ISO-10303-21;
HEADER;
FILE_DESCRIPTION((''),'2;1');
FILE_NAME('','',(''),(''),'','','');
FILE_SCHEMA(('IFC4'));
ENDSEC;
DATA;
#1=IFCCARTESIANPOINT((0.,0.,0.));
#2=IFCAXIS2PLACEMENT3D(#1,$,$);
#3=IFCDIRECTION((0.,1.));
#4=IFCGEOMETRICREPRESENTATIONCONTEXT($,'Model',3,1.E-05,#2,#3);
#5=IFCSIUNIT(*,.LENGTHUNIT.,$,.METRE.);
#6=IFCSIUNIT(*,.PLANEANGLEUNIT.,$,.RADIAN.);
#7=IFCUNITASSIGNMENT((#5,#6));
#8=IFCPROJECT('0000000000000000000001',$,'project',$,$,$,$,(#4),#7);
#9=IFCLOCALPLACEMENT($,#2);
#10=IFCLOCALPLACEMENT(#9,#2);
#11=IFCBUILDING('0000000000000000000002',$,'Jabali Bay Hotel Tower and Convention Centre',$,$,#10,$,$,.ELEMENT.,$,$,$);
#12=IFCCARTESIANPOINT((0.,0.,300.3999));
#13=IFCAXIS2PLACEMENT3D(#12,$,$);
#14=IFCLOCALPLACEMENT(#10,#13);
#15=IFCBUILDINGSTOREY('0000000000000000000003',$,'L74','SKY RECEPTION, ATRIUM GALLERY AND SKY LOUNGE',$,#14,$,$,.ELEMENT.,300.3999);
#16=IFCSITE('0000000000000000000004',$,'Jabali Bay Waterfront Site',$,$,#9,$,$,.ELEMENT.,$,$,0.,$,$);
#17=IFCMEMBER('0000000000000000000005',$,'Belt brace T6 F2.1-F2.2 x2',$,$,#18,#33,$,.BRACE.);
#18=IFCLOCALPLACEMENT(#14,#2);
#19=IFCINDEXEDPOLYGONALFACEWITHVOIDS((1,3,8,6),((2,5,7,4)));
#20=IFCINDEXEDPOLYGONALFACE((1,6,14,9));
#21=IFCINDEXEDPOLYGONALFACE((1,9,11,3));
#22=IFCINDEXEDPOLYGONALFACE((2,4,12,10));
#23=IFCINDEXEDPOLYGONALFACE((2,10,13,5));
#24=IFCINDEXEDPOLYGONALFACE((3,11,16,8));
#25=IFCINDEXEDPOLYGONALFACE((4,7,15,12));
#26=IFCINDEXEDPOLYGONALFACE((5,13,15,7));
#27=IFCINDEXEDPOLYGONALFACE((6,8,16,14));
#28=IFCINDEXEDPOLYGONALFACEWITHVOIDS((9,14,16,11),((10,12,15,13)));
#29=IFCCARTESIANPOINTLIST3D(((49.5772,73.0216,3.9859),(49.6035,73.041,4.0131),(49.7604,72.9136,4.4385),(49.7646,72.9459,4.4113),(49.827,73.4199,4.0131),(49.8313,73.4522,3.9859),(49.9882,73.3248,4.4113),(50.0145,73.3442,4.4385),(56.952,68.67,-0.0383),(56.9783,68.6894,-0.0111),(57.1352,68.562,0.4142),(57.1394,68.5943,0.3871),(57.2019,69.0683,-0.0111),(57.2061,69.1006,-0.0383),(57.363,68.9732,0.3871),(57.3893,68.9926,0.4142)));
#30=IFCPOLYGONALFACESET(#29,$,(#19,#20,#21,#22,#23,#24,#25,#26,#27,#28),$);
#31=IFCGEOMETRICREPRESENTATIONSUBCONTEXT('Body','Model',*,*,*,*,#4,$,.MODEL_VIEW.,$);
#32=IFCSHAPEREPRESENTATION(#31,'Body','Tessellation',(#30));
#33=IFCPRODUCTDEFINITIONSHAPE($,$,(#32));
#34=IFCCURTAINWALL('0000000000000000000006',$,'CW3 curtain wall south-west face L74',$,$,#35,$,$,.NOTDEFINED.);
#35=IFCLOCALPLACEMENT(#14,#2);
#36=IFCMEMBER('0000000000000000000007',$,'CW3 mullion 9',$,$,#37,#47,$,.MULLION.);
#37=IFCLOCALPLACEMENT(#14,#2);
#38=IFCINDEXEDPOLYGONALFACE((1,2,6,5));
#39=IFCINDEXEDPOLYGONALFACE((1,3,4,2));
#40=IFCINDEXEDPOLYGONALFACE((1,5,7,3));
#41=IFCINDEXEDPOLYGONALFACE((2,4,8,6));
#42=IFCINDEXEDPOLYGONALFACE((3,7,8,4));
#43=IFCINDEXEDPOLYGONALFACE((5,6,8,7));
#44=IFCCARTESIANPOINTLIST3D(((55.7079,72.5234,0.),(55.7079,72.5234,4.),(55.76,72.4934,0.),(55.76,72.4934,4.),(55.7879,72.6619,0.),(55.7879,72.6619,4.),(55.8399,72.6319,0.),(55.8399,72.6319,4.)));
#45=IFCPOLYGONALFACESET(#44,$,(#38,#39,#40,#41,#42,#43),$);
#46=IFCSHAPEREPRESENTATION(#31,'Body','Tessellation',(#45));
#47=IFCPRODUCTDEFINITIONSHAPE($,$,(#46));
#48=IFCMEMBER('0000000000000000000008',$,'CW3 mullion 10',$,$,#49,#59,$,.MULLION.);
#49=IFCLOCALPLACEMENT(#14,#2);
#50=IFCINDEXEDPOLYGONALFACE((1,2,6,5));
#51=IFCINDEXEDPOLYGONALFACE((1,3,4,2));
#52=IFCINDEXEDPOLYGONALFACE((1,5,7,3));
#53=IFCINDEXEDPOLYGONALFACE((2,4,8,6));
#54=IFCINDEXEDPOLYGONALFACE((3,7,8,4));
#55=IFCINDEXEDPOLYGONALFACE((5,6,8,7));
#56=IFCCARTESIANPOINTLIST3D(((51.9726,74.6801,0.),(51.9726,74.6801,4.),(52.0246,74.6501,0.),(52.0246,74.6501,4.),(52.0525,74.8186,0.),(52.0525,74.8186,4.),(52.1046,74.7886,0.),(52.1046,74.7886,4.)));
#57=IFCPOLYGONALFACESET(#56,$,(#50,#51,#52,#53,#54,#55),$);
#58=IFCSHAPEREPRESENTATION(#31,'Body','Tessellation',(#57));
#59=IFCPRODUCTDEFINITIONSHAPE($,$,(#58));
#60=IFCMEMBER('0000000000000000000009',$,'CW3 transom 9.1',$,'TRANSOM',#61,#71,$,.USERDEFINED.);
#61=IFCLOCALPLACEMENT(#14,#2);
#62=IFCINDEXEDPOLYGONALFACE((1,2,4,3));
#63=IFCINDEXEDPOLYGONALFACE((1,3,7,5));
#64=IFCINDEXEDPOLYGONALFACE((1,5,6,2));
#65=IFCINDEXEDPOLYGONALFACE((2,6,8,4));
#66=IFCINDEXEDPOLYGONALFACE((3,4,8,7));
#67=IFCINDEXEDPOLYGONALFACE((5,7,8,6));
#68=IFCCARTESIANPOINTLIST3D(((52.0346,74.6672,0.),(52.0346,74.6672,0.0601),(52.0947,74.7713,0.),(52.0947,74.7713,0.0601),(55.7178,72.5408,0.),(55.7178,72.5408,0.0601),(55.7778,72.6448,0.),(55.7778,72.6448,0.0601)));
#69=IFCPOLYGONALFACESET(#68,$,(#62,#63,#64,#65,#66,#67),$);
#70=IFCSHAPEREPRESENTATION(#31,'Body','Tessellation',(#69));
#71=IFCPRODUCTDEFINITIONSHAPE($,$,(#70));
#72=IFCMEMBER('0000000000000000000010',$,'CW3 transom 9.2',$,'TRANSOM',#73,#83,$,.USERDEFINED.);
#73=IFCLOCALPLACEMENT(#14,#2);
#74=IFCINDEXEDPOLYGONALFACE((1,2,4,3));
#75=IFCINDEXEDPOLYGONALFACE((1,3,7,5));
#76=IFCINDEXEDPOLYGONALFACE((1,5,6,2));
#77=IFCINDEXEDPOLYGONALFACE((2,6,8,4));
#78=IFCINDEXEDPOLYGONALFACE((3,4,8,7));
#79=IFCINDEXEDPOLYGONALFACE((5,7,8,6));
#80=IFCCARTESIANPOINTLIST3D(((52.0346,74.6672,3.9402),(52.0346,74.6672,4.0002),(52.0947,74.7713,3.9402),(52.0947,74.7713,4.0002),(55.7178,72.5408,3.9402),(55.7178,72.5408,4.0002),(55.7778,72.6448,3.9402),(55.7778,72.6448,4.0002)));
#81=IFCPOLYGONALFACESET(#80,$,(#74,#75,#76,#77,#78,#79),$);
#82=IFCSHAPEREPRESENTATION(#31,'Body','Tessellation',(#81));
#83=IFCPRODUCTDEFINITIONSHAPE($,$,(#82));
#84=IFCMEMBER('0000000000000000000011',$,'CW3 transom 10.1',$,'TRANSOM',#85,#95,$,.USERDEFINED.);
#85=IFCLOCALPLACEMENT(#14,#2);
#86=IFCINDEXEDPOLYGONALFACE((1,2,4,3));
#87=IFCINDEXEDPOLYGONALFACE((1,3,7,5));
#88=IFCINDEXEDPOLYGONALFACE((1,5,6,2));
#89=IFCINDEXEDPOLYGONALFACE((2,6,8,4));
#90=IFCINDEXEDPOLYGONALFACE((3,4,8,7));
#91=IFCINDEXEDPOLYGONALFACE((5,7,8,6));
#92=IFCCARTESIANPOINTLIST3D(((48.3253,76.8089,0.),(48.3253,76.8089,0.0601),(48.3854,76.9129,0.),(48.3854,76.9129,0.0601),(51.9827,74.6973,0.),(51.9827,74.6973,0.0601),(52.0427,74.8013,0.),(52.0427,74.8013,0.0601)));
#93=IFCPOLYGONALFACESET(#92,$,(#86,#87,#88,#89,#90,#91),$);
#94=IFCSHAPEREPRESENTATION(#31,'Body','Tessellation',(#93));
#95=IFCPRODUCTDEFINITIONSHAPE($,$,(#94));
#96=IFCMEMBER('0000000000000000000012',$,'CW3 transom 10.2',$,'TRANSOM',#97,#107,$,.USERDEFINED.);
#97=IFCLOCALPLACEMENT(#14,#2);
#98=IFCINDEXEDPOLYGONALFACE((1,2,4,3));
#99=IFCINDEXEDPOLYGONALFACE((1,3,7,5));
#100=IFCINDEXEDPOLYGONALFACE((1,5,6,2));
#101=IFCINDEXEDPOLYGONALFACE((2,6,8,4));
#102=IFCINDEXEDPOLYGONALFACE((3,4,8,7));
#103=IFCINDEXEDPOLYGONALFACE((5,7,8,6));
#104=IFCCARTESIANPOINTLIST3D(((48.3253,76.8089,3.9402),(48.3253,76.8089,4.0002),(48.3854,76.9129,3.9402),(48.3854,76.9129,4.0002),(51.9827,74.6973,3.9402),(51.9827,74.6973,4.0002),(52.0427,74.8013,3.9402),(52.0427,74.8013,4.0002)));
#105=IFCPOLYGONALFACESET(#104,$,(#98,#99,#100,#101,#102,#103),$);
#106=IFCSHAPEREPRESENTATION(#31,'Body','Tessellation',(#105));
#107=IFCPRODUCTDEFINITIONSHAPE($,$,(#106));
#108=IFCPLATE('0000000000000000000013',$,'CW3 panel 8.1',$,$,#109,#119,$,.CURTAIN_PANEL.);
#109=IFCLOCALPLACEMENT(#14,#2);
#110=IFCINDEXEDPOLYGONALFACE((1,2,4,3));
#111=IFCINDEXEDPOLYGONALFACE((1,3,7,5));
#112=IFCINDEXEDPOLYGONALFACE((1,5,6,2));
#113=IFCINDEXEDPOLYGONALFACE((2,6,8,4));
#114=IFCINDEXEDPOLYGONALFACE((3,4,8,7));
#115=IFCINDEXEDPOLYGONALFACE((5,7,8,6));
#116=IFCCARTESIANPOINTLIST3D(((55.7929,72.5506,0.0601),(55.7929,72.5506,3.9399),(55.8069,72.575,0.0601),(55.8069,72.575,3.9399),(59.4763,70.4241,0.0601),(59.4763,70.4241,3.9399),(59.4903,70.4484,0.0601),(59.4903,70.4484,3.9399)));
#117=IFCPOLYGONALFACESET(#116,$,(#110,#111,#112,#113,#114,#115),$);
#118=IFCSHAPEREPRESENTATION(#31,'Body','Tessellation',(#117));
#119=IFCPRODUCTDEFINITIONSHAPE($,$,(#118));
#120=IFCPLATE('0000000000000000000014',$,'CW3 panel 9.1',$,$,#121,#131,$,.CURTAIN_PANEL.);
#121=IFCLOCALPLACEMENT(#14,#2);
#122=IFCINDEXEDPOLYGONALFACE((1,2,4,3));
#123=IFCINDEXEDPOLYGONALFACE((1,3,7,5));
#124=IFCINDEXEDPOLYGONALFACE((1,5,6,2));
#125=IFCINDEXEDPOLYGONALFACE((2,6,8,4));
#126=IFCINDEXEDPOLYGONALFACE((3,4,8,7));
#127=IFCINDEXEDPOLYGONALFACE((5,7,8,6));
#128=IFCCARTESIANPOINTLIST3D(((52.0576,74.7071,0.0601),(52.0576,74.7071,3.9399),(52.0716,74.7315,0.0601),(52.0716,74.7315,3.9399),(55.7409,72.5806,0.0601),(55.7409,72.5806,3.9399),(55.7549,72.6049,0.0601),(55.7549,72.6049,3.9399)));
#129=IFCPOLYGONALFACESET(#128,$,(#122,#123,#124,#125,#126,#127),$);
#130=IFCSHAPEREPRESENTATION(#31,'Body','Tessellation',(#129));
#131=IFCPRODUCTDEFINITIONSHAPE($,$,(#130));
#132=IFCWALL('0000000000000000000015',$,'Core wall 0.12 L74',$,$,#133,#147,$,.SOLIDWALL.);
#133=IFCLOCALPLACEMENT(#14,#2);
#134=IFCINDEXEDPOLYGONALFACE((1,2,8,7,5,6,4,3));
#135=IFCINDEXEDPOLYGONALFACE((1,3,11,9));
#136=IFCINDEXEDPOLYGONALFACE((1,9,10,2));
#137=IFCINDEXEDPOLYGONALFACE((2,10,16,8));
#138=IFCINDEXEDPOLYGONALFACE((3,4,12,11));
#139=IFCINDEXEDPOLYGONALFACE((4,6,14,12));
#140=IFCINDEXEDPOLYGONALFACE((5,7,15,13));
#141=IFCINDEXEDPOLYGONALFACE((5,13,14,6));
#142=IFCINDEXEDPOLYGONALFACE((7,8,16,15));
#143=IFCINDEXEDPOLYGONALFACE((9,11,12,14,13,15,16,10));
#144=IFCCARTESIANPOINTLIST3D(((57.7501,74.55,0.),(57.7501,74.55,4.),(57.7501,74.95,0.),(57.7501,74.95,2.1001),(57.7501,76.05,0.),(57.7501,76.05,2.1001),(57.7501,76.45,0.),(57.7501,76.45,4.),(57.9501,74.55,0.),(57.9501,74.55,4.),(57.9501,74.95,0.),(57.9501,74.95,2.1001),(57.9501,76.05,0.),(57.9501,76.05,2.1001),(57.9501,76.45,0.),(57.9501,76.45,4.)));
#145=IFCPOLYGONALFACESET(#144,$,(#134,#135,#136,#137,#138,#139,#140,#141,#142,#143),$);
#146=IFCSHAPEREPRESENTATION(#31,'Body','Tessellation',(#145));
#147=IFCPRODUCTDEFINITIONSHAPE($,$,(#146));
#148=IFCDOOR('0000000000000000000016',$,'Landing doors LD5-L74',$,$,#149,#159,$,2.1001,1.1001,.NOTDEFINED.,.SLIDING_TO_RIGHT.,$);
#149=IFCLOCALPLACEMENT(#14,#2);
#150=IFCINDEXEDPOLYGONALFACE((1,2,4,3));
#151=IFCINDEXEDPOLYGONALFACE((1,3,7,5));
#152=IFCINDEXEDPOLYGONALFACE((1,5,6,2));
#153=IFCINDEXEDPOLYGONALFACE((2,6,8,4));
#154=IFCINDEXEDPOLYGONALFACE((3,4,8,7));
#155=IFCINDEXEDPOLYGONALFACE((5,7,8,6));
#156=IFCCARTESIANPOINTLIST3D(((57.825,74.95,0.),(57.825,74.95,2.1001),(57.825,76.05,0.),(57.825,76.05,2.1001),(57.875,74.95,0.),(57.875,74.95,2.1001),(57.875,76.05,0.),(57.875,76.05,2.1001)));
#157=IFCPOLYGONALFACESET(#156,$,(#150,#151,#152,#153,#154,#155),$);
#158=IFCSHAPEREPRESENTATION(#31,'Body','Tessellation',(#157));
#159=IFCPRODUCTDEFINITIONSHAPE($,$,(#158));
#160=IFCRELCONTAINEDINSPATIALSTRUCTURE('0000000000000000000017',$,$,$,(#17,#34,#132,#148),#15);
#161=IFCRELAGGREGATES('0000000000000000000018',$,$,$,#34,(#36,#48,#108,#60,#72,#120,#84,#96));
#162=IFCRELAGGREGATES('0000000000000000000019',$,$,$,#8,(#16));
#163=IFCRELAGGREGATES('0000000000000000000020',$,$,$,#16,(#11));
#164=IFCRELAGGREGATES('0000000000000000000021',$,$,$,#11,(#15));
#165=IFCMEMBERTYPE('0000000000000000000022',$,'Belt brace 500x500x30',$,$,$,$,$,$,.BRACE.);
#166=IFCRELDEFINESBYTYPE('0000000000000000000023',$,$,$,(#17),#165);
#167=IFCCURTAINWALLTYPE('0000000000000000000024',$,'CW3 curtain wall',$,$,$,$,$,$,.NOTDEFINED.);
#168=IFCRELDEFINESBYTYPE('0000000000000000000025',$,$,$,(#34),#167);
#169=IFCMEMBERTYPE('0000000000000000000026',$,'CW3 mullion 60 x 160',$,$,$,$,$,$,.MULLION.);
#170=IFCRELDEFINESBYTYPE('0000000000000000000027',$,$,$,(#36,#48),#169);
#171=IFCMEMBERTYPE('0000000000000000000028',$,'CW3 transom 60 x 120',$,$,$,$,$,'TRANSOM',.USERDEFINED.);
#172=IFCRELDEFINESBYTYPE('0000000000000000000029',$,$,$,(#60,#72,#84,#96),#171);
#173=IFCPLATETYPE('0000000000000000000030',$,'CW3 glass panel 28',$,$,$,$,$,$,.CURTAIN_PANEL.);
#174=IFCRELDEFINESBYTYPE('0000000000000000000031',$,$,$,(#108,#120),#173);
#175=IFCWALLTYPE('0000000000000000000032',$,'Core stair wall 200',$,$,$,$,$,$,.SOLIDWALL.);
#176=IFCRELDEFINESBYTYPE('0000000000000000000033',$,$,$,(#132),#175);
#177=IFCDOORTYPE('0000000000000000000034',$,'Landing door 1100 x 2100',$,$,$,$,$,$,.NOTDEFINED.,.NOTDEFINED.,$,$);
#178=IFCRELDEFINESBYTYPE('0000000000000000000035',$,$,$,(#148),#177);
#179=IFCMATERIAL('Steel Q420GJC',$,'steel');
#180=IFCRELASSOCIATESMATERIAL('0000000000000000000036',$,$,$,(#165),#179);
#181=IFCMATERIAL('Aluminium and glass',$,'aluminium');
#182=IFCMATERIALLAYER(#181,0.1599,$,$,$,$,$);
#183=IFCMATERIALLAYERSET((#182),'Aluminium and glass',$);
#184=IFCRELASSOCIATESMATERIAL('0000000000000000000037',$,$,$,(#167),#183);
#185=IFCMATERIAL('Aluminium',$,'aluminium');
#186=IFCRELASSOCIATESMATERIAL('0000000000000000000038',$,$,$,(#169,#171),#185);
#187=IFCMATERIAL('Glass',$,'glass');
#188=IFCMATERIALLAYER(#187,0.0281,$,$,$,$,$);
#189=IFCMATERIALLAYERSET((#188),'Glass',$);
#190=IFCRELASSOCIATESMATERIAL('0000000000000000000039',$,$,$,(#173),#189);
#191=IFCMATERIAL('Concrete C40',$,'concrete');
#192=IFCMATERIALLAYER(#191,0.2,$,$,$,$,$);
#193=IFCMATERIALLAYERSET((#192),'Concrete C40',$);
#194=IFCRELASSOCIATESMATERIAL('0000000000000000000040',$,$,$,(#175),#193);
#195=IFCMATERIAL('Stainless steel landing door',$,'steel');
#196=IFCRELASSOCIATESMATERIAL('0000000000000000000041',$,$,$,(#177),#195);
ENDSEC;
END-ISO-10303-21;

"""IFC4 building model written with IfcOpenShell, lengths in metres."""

from ifc_helpers import new_model, si_unit, direction, frame, frame_2d, origin, origin_2d, place, context, subcontext, project, spatial, rectangle, hollow_rectangle, extrude, material, layer, layer_set, material_profile, profile_set, type_object, element, fill, aggregate, save


model = new_model("IFC4")

# Units and contexts
model_context = context("Model", 3, precision=1e-05, world=origin(), true_north=direction((0.0, 1.0)))
body_context = subcontext(model_context, "Body", "Model", "MODEL_VIEW")
ifc_project = project(units=[si_unit("LENGTHUNIT", "METRE"), si_unit("PLANEANGLEUNIT", "RADIAN")], contexts=[model_context])

# Site, building, storey
site_placement = place(None, origin())
site = spatial("IfcSite", under=ifc_project, at=site_placement, Name="Jabali Bay Waterfront Site", CompositionType="ELEMENT", RefElevation=0.0)
building_placement = place(site_placement, origin())
building = spatial("IfcBuilding", under=site, at=building_placement, Name="Jabali Bay Hotel Tower and Convention Centre", CompositionType="ELEMENT")
storey_placement = place(building_placement, frame((0.0, 0.0, 300.3999)))
storey = spatial("IfcBuildingStorey", under=building, at=storey_placement, Name="L74", Description="SKY RECEPTION, ATRIUM GALLERY AND SKY LOUNGE", CompositionType="ELEMENT", Elevation=300.3999)

# Member
ifc_material_1 = material(Name="Steel Q420GJC", Category="steel")
ifc_material_profile_1 = material_profile(ifc_material_1, hollow_rectangle(XDim=0.5, YDim=0.5, WallThickness=0.03, at=origin_2d()), Name="Belt brace 500x500x30")
ifc_profile_set_1 = profile_set([ifc_material_profile_1], Name="Steel Q420GJC")
member_type_1 = type_object("IfcMemberType", Name="Belt brace 500x500x30", PredefinedType="BRACE", material=ifc_profile_set_1)
member_1_placement = place(storey_placement, frame((57.1707, 68.8313, 0.188), z_axis=(-0.779462, 0.459931, 0.425327), x_axis=(-0.508188, -0.861246, 0.0)))
element("IfcMember", 1, at=member_1_placement, inside=storey, type_object=member_type_1, Name="Belt brace T6 F2.1-F2.2 x2", PredefinedType="BRACE", context=body_context, shape_type="SweptSolid", body=[
    extrude(hollow_rectangle(XDim=0.5, YDim=0.5, WallThickness=0.03, at=origin_2d()), origin(), (0.0, 0.0, 1.0), 9.4614),
])

# Curtain wall, members, plates
ifc_material_2 = material(Name="Aluminium and glass", Category="aluminium")
ifc_layer_1 = layer(ifc_material_2, 0.1599)
ifc_layer_set_1 = layer_set([ifc_layer_1], Name="Aluminium and glass")
curtain_wall_type = type_object("IfcCurtainWallType", Name="CW3 curtain wall", PredefinedType="NOTDEFINED", material=ifc_layer_set_1)
curtain_wall_placement = place(storey_placement, origin())
curtain_wall = element("IfcCurtainWall", 2, at=curtain_wall_placement, inside=storey, type_object=curtain_wall_type, Name="CW3 curtain wall south-west face L74", PredefinedType="NOTDEFINED")
ifc_material_3 = material(Name="Aluminium", Category="aluminium")
ifc_material_profile_2 = material_profile(ifc_material_3, rectangle(XDim=0.1599, YDim=0.0601, at=origin_2d()), Name="CW3 mullion 60 x 160")
ifc_profile_set_2 = profile_set([ifc_material_profile_2], Name="Aluminium")
member_type_2 = type_object("IfcMemberType", Name="CW3 mullion 60 x 160", PredefinedType="MULLION", material=ifc_profile_set_2)
member_2_placement = place(storey_placement, frame((55.7739, 72.5776, 0.0), z_axis=(0.0, 0.0, 1.0), x_axis=(-0.5, -0.866025, 0.0)))
member_2 = element("IfcMember", 3, at=member_2_placement, type_object=member_type_2, Name="CW3 mullion 9", PredefinedType="MULLION", context=body_context, shape_type="SweptSolid", body=[
    extrude(rectangle(XDim=0.1599, YDim=0.0601, at=origin_2d()), origin(), (0.0, 0.0, 1.0), 4.0),
])
member_3_placement = place(storey_placement, frame((52.0386, 74.7344, 0.0), z_axis=(0.0, 0.0, 1.0), x_axis=(-0.5, -0.866025, 0.0)))
member_3 = element("IfcMember", 4, at=member_3_placement, type_object=member_type_2, Name="CW3 mullion 10", PredefinedType="MULLION", context=body_context, shape_type="SweptSolid", body=[
    extrude(rectangle(XDim=0.1599, YDim=0.0601, at=origin_2d()), origin(), (0.0, 0.0, 1.0), 4.0),
])
ifc_material_profile_3 = material_profile(ifc_material_3, rectangle(XDim=0.1201, YDim=0.0601, at=origin_2d()), Name="CW3 transom 60 x 120")
ifc_profile_set_3 = profile_set([ifc_material_profile_3], Name="Aluminium")
member_type_3 = type_object("IfcMemberType", Name="CW3 transom 60 x 120", ElementType="TRANSOM", PredefinedType="USERDEFINED", material=ifc_profile_set_3)
member_4_placement = place(storey_placement, frame((55.7478, 72.5928, 0.03), z_axis=(-0.866023, 0.500004, 0.0), x_axis=(-0.500004, -0.866023, 0.0)))
member_4 = element("IfcMember", 5, at=member_4_placement, type_object=member_type_3, Name="CW3 transom 9.1", ObjectType="TRANSOM", PredefinedType="USERDEFINED", context=body_context, shape_type="SweptSolid", body=[
    extrude(rectangle(XDim=0.1201, YDim=0.0601, at=origin_2d()), origin(), (0.0, 0.0, 1.0), 4.2529),
])
member_5_placement = place(storey_placement, frame((55.7478, 72.5928, 3.9702), z_axis=(-0.866023, 0.500004, 0.0), x_axis=(-0.500004, -0.866023, 0.0)))
member_5 = element("IfcMember", 6, at=member_5_placement, type_object=member_type_3, Name="CW3 transom 9.2", ObjectType="TRANSOM", PredefinedType="USERDEFINED", context=body_context, shape_type="SweptSolid", body=[
    extrude(rectangle(XDim=0.1201, YDim=0.0601, at=origin_2d()), origin(), (0.0, 0.0, 1.0), 4.2529),
])
member_6_placement = place(storey_placement, frame((52.0127, 74.7493, 0.03), z_axis=(-0.866018, 0.500013, 0.0), x_axis=(-0.500013, -0.866018, 0.0)))
member_6 = element("IfcMember", 7, at=member_6_placement, type_object=member_type_3, Name="CW3 transom 10.1", ObjectType="TRANSOM", PredefinedType="USERDEFINED", context=body_context, shape_type="SweptSolid", body=[
    extrude(rectangle(XDim=0.1201, YDim=0.0601, at=origin_2d()), origin(), (0.0, 0.0, 1.0), 4.2231),
])
member_7_placement = place(storey_placement, frame((52.0127, 74.7493, 3.9702), z_axis=(-0.866018, 0.500013, 0.0), x_axis=(-0.500013, -0.866018, 0.0)))
member_7 = element("IfcMember", 8, at=member_7_placement, type_object=member_type_3, Name="CW3 transom 10.2", ObjectType="TRANSOM", PredefinedType="USERDEFINED", context=body_context, shape_type="SweptSolid", body=[
    extrude(rectangle(XDim=0.1201, YDim=0.0601, at=origin_2d()), origin(), (0.0, 0.0, 1.0), 4.2231),
])
ifc_material_4 = material(Name="Glass", Category="glass")
ifc_layer_2 = layer(ifc_material_4, 0.0281)
ifc_layer_set_2 = layer_set([ifc_layer_2], Name="Glass")
plate_type = type_object("IfcPlateType", Name="CW3 glass panel 28", PredefinedType="CURTAIN_PANEL", material=ifc_layer_set_2)
plate_1_placement = place(storey_placement, frame((57.6416, 71.4995, 0.0601), z_axis=(0.0, 0.0, 1.0), x_axis=(-0.866025, 0.5, 0.0)))
plate_1 = element("IfcPlate", 9, at=plate_1_placement, type_object=plate_type, Name="CW3 panel 8.1", PredefinedType="CURTAIN_PANEL", context=body_context, shape_type="SweptSolid", body=[
    extrude(rectangle(XDim=4.2532, YDim=0.0281, at=origin_2d()), origin(), (0.0, 0.0, 1.0), 3.8799),
])
plate_2_placement = place(storey_placement, frame((53.9062, 73.656, 0.0601), z_axis=(0.0, 0.0, 1.0), x_axis=(-0.866025, 0.5, 0.0)))
plate_2 = element("IfcPlate", 10, at=plate_2_placement, type_object=plate_type, Name="CW3 panel 9.1", PredefinedType="CURTAIN_PANEL", context=body_context, shape_type="SweptSolid", body=[
    extrude(rectangle(XDim=4.2532, YDim=0.0281, at=origin_2d()), origin(), (0.0, 0.0, 1.0), 3.8799),
])
aggregate(curtain_wall, [member_2, member_3, plate_1, member_4, member_5, plate_2, member_6, member_7])

# Wall, opening, door
ifc_material_5 = material(Name="Concrete C40", Category="concrete")
ifc_layer_3 = layer(ifc_material_5, 0.2)
ifc_layer_set_3 = layer_set([ifc_layer_3], Name="Concrete C40")
wall_type = type_object("IfcWallType", Name="Core stair wall 200", PredefinedType="SOLIDWALL", material=ifc_layer_set_3)
wall_placement = place(storey_placement, frame((57.8501, 76.45, 0.0), z_axis=(0.0, 0.0, 1.0), x_axis=(0.0, -1.0, 0.0)))
wall = element("IfcWall", 11, at=wall_placement, inside=storey, type_object=wall_type, Name="Core wall 0.12 L74", PredefinedType="SOLIDWALL", context=body_context, shape_type="SweptSolid", body=[
    extrude(rectangle(XDim=1.8999, YDim=0.2, at=frame_2d((0.95, 0.0))), origin(), (0.0, 0.0, 1.0), 4.0),
])
opening_placement = place(wall_placement, frame((0.3999, 0.0, 0.0)))
opening = element("IfcOpeningElement", 12, at=opening_placement, cuts=wall, PredefinedType="OPENING", context=body_context, shape_type="SweptSolid", body=[
    extrude(rectangle(XDim=1.1001, YDim=2.1001, at=frame_2d((0.55, 1.05))), frame((0.0, 0.1104, 0.0), z_axis=(0.0, -1.0, 0.0), x_axis=(1.0, 0.0, 0.0)), (0.0, 0.0, 1.0), 0.2209),
])
ifc_material_6 = material(Name="Stainless steel landing door", Category="steel")
door_type = type_object("IfcDoorType", Name="Landing door 1100 x 2100", OperationType="NOTDEFINED", PredefinedType="NOTDEFINED", material=ifc_material_6)
door_placement = place(opening_placement, origin())
door = element("IfcDoor", 13, at=door_placement, inside=storey, type_object=door_type, Name="Landing doors LD5-L74", OperationType="SLIDING_TO_RIGHT", OverallHeight=2.1001, OverallWidth=1.1001, PredefinedType="NOTDEFINED", context=body_context, shape_type="SweptSolid", body=[
    extrude(rectangle(XDim=1.1001, YDim=2.1001, at=frame_2d((0.55, 1.05))), frame((0.0, 0.0249, 0.0), z_axis=(0.0, -1.0, 0.0), x_axis=(1.0, 0.0, 0.0)), (0.0, 0.0, 1.0), 0.05),
])
fill(opening, door)

save(model, "model.ifc")
